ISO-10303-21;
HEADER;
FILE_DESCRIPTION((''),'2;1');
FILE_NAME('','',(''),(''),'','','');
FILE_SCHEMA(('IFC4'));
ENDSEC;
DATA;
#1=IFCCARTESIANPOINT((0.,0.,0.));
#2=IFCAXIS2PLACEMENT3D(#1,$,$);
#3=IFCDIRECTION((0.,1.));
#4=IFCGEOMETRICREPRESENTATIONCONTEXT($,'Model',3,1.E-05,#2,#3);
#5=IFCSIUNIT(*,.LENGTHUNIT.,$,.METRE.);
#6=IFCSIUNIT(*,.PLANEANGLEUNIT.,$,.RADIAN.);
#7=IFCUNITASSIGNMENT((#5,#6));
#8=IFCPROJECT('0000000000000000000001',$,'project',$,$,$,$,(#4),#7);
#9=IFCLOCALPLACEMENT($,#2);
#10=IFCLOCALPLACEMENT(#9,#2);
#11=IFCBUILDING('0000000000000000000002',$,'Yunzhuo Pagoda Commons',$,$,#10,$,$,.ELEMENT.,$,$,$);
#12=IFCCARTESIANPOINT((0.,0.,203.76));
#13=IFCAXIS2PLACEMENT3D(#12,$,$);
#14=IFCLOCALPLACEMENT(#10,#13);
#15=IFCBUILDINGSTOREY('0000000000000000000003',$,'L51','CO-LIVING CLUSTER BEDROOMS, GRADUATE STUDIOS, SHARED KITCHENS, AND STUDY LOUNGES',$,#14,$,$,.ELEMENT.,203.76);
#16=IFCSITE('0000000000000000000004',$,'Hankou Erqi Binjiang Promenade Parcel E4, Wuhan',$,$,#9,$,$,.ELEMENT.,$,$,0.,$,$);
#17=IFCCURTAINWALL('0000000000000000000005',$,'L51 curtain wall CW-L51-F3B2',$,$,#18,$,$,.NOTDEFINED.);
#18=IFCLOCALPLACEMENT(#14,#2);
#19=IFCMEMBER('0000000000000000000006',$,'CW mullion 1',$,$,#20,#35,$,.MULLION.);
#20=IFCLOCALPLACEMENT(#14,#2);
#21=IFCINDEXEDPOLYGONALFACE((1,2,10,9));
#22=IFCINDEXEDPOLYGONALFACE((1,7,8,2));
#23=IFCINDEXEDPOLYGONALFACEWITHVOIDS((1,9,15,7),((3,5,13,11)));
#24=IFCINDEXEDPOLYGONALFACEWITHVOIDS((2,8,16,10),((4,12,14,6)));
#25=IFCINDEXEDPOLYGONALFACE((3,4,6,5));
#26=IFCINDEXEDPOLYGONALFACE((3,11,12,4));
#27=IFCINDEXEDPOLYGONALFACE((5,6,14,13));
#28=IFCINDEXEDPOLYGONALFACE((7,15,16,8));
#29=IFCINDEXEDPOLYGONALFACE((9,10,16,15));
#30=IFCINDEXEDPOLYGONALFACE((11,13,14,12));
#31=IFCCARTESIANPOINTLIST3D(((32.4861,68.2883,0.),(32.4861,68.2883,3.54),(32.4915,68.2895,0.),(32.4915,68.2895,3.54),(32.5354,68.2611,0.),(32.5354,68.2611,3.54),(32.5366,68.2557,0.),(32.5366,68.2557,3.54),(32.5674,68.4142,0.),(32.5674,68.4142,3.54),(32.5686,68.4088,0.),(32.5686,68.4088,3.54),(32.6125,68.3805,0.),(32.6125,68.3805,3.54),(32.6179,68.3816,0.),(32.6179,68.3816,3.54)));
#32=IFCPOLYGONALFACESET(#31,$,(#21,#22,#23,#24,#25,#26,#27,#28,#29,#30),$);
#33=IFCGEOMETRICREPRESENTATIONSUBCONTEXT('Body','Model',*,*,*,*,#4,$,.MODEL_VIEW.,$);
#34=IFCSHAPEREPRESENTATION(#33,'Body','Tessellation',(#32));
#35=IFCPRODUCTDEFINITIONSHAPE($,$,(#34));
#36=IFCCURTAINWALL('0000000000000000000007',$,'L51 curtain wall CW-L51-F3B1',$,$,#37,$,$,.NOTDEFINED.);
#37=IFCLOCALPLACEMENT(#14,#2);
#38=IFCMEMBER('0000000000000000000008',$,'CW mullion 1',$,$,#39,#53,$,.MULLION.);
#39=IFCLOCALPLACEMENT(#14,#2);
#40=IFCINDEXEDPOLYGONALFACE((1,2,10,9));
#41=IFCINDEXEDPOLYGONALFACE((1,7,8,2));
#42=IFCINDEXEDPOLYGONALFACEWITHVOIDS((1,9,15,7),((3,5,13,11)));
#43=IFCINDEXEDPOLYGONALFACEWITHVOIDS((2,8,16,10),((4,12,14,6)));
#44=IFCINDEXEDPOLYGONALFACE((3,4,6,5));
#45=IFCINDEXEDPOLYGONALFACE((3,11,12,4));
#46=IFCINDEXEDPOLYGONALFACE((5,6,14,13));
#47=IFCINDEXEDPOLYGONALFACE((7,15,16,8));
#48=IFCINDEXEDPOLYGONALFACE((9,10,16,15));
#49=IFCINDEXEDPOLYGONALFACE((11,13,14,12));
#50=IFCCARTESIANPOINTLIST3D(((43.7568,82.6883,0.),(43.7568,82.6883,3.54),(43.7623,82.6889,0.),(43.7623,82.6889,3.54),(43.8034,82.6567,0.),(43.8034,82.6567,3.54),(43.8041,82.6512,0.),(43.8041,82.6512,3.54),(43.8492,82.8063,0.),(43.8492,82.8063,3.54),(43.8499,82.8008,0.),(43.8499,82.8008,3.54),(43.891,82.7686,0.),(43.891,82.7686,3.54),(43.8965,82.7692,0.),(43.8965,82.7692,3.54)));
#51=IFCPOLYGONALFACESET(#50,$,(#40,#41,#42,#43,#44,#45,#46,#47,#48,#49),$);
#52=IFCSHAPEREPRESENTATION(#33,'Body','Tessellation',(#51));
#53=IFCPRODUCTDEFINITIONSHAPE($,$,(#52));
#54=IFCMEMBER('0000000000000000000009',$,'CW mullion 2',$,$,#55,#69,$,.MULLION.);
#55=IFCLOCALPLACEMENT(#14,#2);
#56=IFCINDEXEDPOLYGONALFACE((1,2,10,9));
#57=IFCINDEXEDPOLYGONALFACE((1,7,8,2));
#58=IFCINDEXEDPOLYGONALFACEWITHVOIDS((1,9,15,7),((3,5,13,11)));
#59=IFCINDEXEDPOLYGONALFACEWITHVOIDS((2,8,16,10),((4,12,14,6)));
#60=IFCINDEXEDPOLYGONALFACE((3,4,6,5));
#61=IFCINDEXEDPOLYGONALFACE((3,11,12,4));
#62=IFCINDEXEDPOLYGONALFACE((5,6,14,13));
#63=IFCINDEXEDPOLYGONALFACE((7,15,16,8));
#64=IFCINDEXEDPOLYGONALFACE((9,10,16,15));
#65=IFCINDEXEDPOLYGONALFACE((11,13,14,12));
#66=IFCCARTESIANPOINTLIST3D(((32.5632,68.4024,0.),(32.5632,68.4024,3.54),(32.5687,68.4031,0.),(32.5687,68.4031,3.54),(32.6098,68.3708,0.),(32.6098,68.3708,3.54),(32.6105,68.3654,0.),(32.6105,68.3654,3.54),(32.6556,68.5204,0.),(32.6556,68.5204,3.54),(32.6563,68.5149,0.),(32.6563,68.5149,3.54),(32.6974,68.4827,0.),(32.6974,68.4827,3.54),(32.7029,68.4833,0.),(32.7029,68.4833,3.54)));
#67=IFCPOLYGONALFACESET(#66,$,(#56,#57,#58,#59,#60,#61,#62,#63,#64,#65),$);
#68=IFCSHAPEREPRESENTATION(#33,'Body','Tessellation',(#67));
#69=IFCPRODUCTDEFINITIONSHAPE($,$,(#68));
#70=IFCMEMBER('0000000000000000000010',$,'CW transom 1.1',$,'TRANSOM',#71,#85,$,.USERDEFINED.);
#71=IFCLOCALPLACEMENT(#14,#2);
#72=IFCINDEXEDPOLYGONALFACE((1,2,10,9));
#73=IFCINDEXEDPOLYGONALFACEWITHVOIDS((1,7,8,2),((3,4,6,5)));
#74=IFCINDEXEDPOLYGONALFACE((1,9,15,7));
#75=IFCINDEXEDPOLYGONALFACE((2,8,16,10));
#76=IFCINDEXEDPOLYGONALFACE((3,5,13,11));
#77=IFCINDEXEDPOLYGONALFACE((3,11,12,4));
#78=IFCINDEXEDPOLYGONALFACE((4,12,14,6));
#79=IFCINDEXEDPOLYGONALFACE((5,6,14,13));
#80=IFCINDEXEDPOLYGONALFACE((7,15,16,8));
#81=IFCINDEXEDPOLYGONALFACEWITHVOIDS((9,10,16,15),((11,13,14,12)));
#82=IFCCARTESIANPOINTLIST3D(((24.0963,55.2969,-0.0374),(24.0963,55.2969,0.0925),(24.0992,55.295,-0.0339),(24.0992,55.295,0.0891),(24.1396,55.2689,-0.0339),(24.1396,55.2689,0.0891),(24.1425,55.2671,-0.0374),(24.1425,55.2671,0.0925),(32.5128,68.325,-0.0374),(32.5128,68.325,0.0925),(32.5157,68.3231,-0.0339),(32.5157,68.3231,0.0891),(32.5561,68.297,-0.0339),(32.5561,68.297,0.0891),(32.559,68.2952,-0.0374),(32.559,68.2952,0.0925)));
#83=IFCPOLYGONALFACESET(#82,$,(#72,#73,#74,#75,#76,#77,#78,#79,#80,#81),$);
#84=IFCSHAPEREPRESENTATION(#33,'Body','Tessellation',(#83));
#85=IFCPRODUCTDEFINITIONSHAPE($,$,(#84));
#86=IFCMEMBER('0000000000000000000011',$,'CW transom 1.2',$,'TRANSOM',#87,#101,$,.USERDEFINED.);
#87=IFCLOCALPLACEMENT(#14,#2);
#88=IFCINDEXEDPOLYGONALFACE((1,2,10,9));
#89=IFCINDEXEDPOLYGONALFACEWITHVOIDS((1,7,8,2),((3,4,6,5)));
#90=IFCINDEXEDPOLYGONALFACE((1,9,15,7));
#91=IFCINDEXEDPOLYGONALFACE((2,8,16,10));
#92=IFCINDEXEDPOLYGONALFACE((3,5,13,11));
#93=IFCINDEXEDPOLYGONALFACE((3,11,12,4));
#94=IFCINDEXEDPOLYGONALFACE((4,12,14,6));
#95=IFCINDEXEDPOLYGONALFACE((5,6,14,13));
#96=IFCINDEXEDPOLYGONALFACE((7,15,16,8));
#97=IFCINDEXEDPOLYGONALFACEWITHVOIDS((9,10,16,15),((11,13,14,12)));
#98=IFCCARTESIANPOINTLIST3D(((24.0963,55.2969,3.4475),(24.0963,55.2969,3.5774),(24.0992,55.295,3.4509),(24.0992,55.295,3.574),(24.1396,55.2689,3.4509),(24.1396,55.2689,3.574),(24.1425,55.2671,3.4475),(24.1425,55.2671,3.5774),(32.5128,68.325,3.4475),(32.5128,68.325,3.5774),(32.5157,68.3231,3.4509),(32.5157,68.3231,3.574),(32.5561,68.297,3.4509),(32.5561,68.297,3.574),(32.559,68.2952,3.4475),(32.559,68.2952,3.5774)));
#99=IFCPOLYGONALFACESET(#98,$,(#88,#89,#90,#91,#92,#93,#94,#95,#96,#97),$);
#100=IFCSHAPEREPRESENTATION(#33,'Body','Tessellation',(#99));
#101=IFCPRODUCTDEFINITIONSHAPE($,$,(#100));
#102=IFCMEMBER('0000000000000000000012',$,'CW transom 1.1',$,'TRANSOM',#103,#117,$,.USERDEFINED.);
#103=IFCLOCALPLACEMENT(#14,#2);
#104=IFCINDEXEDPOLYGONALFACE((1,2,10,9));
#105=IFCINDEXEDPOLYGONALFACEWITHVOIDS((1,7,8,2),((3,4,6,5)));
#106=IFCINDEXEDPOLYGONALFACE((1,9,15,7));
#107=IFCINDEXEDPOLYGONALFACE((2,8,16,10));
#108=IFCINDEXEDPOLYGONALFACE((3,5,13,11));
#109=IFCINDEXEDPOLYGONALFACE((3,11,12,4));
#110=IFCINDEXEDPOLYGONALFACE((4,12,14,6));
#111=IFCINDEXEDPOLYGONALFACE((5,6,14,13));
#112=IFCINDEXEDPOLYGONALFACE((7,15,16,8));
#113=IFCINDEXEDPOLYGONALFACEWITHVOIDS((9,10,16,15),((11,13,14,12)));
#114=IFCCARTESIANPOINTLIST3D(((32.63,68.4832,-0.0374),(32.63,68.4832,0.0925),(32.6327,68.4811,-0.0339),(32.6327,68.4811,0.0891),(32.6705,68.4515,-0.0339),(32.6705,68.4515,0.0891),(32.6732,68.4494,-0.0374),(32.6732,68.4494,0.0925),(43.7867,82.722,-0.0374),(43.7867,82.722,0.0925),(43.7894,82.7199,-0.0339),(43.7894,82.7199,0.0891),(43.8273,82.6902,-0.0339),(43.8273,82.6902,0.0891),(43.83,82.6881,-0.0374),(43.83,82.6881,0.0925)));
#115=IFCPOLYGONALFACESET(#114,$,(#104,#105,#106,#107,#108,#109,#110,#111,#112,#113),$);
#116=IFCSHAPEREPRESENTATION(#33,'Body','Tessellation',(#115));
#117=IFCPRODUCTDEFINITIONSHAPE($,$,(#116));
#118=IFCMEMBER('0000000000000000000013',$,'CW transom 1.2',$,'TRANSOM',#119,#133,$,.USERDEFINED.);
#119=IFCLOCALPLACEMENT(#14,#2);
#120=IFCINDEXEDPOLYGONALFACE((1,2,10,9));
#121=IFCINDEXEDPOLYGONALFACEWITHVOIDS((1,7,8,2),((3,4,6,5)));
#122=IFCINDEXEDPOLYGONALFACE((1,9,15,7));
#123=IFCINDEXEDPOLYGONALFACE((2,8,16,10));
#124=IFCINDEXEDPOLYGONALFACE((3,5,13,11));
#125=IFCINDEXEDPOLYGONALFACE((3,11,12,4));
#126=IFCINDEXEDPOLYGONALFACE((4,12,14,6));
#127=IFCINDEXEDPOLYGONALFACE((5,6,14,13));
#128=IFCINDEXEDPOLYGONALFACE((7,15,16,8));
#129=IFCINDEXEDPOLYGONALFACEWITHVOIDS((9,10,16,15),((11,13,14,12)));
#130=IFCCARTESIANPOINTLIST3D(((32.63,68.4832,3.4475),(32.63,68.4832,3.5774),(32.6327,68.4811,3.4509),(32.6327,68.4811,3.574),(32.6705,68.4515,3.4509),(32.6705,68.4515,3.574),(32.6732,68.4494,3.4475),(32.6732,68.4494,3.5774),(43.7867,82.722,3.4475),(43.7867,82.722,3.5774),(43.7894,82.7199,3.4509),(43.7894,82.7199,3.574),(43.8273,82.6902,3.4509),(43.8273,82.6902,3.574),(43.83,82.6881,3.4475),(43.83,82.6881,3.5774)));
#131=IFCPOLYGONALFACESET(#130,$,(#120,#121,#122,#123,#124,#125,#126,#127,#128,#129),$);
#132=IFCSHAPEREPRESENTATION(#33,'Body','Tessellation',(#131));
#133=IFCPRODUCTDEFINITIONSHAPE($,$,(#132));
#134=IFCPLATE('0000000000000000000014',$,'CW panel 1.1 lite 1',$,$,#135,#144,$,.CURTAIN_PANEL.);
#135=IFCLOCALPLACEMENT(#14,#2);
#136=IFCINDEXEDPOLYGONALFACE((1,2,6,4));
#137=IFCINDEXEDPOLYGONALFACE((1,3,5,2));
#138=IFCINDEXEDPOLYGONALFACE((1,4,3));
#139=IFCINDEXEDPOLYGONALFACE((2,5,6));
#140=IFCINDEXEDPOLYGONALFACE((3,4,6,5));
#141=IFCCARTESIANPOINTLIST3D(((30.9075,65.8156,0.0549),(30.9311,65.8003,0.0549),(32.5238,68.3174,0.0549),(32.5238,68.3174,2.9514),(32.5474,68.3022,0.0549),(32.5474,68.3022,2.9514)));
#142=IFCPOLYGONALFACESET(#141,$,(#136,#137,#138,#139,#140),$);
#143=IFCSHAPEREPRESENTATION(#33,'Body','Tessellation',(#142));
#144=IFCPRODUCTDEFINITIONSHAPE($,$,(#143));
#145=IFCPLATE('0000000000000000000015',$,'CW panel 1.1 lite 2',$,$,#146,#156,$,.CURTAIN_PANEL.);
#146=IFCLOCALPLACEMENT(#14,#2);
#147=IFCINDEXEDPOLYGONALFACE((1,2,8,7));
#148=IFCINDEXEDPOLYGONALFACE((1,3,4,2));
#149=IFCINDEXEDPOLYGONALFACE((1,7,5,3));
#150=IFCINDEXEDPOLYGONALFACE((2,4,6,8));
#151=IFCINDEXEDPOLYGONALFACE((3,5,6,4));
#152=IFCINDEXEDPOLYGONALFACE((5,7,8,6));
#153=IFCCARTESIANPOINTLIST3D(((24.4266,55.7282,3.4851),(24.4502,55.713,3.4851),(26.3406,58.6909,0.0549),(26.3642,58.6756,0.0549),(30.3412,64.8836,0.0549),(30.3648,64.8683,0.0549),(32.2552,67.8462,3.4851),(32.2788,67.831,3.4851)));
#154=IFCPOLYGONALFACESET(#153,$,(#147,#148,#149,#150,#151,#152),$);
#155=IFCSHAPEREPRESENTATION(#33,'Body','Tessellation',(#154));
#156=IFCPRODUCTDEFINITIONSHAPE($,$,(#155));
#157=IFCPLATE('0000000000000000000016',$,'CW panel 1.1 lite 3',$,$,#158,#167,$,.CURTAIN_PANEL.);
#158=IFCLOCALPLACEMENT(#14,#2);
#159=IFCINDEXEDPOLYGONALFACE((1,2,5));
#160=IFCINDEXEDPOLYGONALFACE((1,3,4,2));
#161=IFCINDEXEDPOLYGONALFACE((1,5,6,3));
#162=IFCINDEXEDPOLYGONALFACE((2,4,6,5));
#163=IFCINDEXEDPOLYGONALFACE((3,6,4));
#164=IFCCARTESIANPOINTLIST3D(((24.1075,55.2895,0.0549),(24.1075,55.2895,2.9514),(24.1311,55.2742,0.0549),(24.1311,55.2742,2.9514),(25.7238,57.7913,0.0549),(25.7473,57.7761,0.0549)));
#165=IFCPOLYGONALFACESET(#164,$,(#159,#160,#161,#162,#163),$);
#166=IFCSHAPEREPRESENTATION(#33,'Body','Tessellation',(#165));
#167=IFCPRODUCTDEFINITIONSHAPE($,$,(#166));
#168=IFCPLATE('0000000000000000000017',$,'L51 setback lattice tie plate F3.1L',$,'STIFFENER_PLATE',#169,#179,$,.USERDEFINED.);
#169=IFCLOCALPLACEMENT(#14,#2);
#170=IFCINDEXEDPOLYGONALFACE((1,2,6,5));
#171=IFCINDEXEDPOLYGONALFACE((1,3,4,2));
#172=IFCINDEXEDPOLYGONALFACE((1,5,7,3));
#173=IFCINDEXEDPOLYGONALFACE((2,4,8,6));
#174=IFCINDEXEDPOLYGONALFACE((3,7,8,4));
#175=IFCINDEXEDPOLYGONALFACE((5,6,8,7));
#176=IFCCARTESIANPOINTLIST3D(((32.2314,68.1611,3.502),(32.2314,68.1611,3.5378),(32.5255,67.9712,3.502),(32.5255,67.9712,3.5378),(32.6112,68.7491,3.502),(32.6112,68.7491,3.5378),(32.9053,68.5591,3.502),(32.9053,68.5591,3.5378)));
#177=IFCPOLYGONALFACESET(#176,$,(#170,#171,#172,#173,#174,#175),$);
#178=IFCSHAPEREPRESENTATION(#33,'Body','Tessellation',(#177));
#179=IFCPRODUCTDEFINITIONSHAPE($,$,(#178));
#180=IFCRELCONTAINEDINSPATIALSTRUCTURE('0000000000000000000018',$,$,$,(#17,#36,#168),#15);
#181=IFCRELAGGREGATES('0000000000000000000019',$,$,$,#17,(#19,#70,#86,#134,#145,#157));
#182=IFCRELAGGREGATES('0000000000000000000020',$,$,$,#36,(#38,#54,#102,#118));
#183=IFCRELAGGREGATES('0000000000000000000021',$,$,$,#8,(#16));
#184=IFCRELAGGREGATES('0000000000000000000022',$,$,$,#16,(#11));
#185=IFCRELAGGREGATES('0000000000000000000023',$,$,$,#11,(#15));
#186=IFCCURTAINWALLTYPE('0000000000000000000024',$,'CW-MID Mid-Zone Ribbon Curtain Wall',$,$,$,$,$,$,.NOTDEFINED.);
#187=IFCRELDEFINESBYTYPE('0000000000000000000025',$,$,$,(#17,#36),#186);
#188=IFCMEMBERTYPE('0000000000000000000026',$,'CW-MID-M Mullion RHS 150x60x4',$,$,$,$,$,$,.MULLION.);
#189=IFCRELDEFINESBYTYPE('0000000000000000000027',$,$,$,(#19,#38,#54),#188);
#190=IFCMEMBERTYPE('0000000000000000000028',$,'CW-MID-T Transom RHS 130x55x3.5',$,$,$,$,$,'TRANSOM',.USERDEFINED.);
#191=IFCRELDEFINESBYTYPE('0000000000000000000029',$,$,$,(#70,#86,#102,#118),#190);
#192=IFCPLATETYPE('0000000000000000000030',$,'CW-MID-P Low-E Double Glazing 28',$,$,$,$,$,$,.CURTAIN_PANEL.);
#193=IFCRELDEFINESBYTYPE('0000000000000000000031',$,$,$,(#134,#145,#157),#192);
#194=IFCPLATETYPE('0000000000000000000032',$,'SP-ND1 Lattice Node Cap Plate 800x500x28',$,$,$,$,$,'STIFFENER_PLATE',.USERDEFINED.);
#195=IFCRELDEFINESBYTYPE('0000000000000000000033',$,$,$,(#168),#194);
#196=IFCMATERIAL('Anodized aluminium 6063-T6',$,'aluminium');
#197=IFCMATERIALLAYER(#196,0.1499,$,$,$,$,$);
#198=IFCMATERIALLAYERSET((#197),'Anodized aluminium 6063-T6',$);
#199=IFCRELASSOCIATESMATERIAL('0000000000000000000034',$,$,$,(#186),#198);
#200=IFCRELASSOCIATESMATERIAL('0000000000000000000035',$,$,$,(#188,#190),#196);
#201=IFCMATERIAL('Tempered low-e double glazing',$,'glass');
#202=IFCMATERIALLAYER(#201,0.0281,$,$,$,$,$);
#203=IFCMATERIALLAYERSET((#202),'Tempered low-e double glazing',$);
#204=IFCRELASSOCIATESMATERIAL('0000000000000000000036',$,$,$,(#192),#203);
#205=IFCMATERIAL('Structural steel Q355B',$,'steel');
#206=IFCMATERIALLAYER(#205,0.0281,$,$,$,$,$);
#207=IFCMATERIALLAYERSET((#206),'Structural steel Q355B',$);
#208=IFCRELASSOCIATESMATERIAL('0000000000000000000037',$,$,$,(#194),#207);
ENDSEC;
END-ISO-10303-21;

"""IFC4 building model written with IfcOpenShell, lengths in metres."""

from ifc_helpers import new_model, si_unit, direction, frame, origin, origin_2d, place, context, subcontext, project, spatial, polyline, rectangle, hollow_rectangle, outline, extrude, source, transform, mapped, material, layer, layer_set, material_profile, profile_set, type_object, element, aggregate, save


model = new_model("IFC4")

# Units and contexts
model_context = context("Model", 3, precision=1e-05, world=origin(), true_north=direction((0.0, 1.0)))
body_context = subcontext(model_context, "Body", "Model", "MODEL_VIEW")
ifc_project = project(units=[si_unit("LENGTHUNIT", "METRE"), si_unit("PLANEANGLEUNIT", "RADIAN")], contexts=[model_context])

# Site, building, storey
site_placement = place(None, origin())
site = spatial("IfcSite", under=ifc_project, at=site_placement, Name="Hankou Erqi Binjiang Promenade Parcel E4, Wuhan", CompositionType="ELEMENT", RefElevation=0.0)
building_placement = place(site_placement, origin())
building = spatial("IfcBuilding", under=site, at=building_placement, Name="Yunzhuo Pagoda Commons", CompositionType="ELEMENT")
storey_placement = place(building_placement, frame((0.0, 0.0, 203.76)))
storey = spatial("IfcBuildingStorey", under=building, at=storey_placement, Name="L51", Description="CO-LIVING CLUSTER BEDROOMS, GRADUATE STUDIOS, SHARED KITCHENS, AND STUDY LOUNGES", CompositionType="ELEMENT", Elevation=203.76)

# Shared definitions
ifc_material_1 = material(Name="Structural steel Q355B", Category="steel")

# Curtain wall, member
ifc_material_2 = material(Name="Anodized aluminium 6063-T6", Category="aluminium")
ifc_layer_1 = layer(ifc_material_2, 0.1499)
ifc_layer_set_1 = layer_set([ifc_layer_1], Name="Anodized aluminium 6063-T6")
curtain_wall_type = type_object("IfcCurtainWallType", Name="CW-MID Mid-Zone Ribbon Curtain Wall", PredefinedType="NOTDEFINED", material=ifc_layer_set_1)
curtain_wall_1_placement = place(storey_placement, origin())
curtain_wall_1 = element("IfcCurtainWall", 1, at=curtain_wall_1_placement, inside=storey, type_object=curtain_wall_type, Name="L51 curtain wall CW-L51-F3B2", PredefinedType="NOTDEFINED")
ifc_material_profile_1 = material_profile(ifc_material_2, hollow_rectangle(XDim=0.0601, YDim=0.1499, WallThickness=0.0039, at=origin_2d()), Name="Anodized aluminium 6063-T6")
ifc_profile_set_1 = profile_set([ifc_material_profile_1], Name="Anodized aluminium 6063-T6")
member_type_1 = type_object("IfcMemberType", Name="CW-MID-M Mullion RHS 150x60x4", PredefinedType="MULLION", material=ifc_profile_set_1)
shared_shape_1 = source(origin(), body_context, "Body", "SweptSolid", [
    extrude(hollow_rectangle(XDim=0.0601, YDim=0.1499, WallThickness=0.0039, at=origin_2d()), origin(), (0.0, 0.0, 1.0), 3.54),
])
member_1_placement = place(storey_placement, frame((32.552, 68.335, 0.0), z_axis=(0.0, 0.0, 1.0), x_axis=(0.839965, -0.54264, 0.0)))
member_1 = element("IfcMember", 2, at=member_1_placement, type_object=member_type_1, Name="CW mullion 1", PredefinedType="MULLION", context=body_context, shape_type="MappedRepresentation", body=[
    mapped(shared_shape_1, transform((0.0, 0.0, 0.0), scale=1.0)),
])

# Curtain wall, members
curtain_wall_2_placement = place(storey_placement, origin())
curtain_wall_2 = element("IfcCurtainWall", 3, at=curtain_wall_2_placement, inside=storey, type_object=curtain_wall_type, Name="L51 curtain wall CW-L51-F3B1", PredefinedType="NOTDEFINED")
member_2_placement = place(storey_placement, frame((43.8267, 82.7288, 0.0), z_axis=(0.0, 0.0, 1.0), x_axis=(0.78715, -0.616762, 0.0)))
member_2 = element("IfcMember", 4, at=member_2_placement, type_object=member_type_1, Name="CW mullion 1", PredefinedType="MULLION", context=body_context, shape_type="MappedRepresentation", body=[
    mapped(shared_shape_1, transform((0.0, 0.0, 0.0), scale=1.0)),
])
member_3_placement = place(storey_placement, frame((32.6331, 68.4429, 0.0), z_axis=(0.0, 0.0, 1.0), x_axis=(0.78715, -0.616762, 0.0)))
member_3 = element("IfcMember", 5, at=member_3_placement, type_object=member_type_1, Name="CW mullion 2", PredefinedType="MULLION", context=body_context, shape_type="MappedRepresentation", body=[
    mapped(shared_shape_1, transform((0.0, 0.0, 0.0), scale=1.0)),
])

# Members
ifc_material_profile_2 = material_profile(ifc_material_2, hollow_rectangle(XDim=0.0549, YDim=0.1299, WallThickness=0.0034, at=origin_2d()), Name="Anodized aluminium 6063-T6")
ifc_profile_set_2 = profile_set([ifc_material_profile_2], Name="Anodized aluminium 6063-T6")
member_type_2 = type_object("IfcMemberType", Name="CW-MID-T Transom RHS 130x55x3.5", ElementType="TRANSOM", PredefinedType="USERDEFINED", material=ifc_profile_set_2)
shared_shape_2 = source(origin(), body_context, "Body", "SweptSolid", [
    extrude(hollow_rectangle(XDim=0.0549, YDim=0.1299, WallThickness=0.0034, at=origin_2d()), origin(), (0.0, 0.0, 1.0), 15.5103),
])
member_4_placement = place(storey_placement, frame((32.5359, 68.3101, 0.0276), z_axis=(-0.542641, -0.839965, 0.0), x_axis=(0.839965, -0.542641, 0.0)))
member_4 = element("IfcMember", 6, at=member_4_placement, type_object=member_type_2, Name="CW transom 1.1", ObjectType="TRANSOM", PredefinedType="USERDEFINED", context=body_context, shape_type="MappedRepresentation", body=[
    mapped(shared_shape_2, transform((0.0, 0.0, 0.0), scale=1.0)),
])
member_5_placement = place(storey_placement, frame((32.5359, 68.3101, 3.5125), z_axis=(-0.542641, -0.839965, 0.0), x_axis=(0.839965, -0.542641, 0.0)))
member_5 = element("IfcMember", 7, at=member_5_placement, type_object=member_type_2, Name="CW transom 1.2", ObjectType="TRANSOM", PredefinedType="USERDEFINED", context=body_context, shape_type="MappedRepresentation", body=[
    mapped(shared_shape_2, transform((0.0, 0.0, 0.0), scale=1.0)),
])
shared_shape_3 = source(origin(), body_context, "Body", "SweptSolid", [
    extrude(hollow_rectangle(XDim=0.0549, YDim=0.1299, WallThickness=0.0034, at=origin_2d()), origin(), (0.0, 0.0, 1.0), 18.0891),
])
member_6_placement = place(storey_placement, frame((43.8083, 82.7051, 0.0276), z_axis=(-0.616766, -0.787147, 0.0), x_axis=(0.787147, -0.616766, 0.0)))
member_6 = element("IfcMember", 8, at=member_6_placement, type_object=member_type_2, Name="CW transom 1.1", ObjectType="TRANSOM", PredefinedType="USERDEFINED", context=body_context, shape_type="MappedRepresentation", body=[
    mapped(shared_shape_3, transform((0.0, 0.0, 0.0), scale=1.0)),
])
member_7_placement = place(storey_placement, frame((43.8083, 82.7051, 3.5125), z_axis=(-0.616766, -0.787147, 0.0), x_axis=(0.787147, -0.616766, 0.0)))
member_7 = element("IfcMember", 9, at=member_7_placement, type_object=member_type_2, Name="CW transom 1.2", ObjectType="TRANSOM", PredefinedType="USERDEFINED", context=body_context, shape_type="MappedRepresentation", body=[
    mapped(shared_shape_3, transform((0.0, 0.0, 0.0), scale=1.0)),
])

# Plates
ifc_material_3 = material(Name="Tempered low-e double glazing", Category="glass")
ifc_layer_2 = layer(ifc_material_3, 0.0281)
ifc_layer_set_2 = layer_set([ifc_layer_2], Name="Tempered low-e double glazing")
plate_type_1 = type_object("IfcPlateType", Name="CW-MID-P Low-E Double Glazing 28", PredefinedType="CURTAIN_PANEL", material=ifc_layer_set_2)
plate_1_placement = place(storey_placement, frame((31.7393, 67.0513, 1.5032), z_axis=(-0.839965, 0.54264, 0.0), x_axis=(-0.54264, -0.839965, 0.0)))
plate_1 = element("IfcPlate", 10, at=plate_1_placement, type_object=plate_type_1, Name="CW panel 1.1 lite 1", PredefinedType="CURTAIN_PANEL", context=body_context, shape_type="SweptSolid", body=[
    extrude(outline(polyline([(-1.4893, -1.4482), (1.4893, -1.4482), (-1.4893, 1.4482), (-1.4893, -1.4482)])), origin(), (0.0, 0.0, 1.0), 0.0281),
])
plate_2_placement = place(storey_placement, frame((28.3645, 61.772, 1.77), z_axis=(-0.839965, 0.54264, 0.0), x_axis=(-0.54264, -0.839965, 0.0)))
plate_2 = element("IfcPlate", 11, at=plate_2_placement, type_object=plate_type_1, Name="CW panel 1.1 lite 2", PredefinedType="CURTAIN_PANEL", context=body_context, shape_type="SweptSolid", body=[
    extrude(outline(polyline([(-7.2134, 1.7151), (-3.6863, -1.7151), (3.6863, -1.7151), (7.2134, 1.7151), (-7.2134, 1.7151)])), origin(), (0.0, 0.0, 1.0), 0.0281),
])
plate_3_placement = place(storey_placement, frame((24.9392, 56.5251, 1.5032), z_axis=(-0.839965, 0.54264, 0.0), x_axis=(-0.54264, -0.839965, 0.0)))
plate_3 = element("IfcPlate", 12, at=plate_3_placement, type_object=plate_type_1, Name="CW panel 1.1 lite 3", PredefinedType="CURTAIN_PANEL", context=body_context, shape_type="SweptSolid", body=[
    extrude(outline(polyline([(-1.4893, -1.4482), (1.4893, -1.4482), (1.4893, 1.4482), (-1.4893, -1.4482)])), origin(), (0.0, 0.0, 1.0), 0.0281),
])
aggregate(curtain_wall_1, [member_1, member_4, member_5, plate_1, plate_2, plate_3])
ifc_layer_3 = layer(ifc_material_1, 0.0281)
ifc_layer_set_3 = layer_set([ifc_layer_3], Name="Structural steel Q355B")
plate_type_2 = type_object("IfcPlateType", Name="SP-ND1 Lattice Node Cap Plate 800x500x28", ElementType="STIFFENER_PLATE", PredefinedType="USERDEFINED", material=ifc_layer_set_3)
shared_shape_4 = source(origin(), body_context, "Body", "SweptSolid", [
    extrude(rectangle(XDim=0.7, YDim=0.3501, at=origin_2d()), origin(), (0.0, 0.0, 1.0), 0.0359),
])
plate_4_placement = place(storey_placement, frame((32.5684, 68.3601, 3.502), z_axis=(0.0, 0.0, 1.0), x_axis=(-0.542647, -0.839961, 0.0)))
element("IfcPlate", 13, at=plate_4_placement, inside=storey, type_object=plate_type_2, Name="L51 setback lattice tie plate F3.1L", ObjectType="STIFFENER_PLATE", PredefinedType="USERDEFINED", context=body_context, shape_type="MappedRepresentation", body=[
    mapped(shared_shape_4, transform((0.0, 0.0, 0.0), scale=1.0)),
])
aggregate(curtain_wall_2, [member_2, member_3, member_6, member_7])

save(model, "model.ifc")
